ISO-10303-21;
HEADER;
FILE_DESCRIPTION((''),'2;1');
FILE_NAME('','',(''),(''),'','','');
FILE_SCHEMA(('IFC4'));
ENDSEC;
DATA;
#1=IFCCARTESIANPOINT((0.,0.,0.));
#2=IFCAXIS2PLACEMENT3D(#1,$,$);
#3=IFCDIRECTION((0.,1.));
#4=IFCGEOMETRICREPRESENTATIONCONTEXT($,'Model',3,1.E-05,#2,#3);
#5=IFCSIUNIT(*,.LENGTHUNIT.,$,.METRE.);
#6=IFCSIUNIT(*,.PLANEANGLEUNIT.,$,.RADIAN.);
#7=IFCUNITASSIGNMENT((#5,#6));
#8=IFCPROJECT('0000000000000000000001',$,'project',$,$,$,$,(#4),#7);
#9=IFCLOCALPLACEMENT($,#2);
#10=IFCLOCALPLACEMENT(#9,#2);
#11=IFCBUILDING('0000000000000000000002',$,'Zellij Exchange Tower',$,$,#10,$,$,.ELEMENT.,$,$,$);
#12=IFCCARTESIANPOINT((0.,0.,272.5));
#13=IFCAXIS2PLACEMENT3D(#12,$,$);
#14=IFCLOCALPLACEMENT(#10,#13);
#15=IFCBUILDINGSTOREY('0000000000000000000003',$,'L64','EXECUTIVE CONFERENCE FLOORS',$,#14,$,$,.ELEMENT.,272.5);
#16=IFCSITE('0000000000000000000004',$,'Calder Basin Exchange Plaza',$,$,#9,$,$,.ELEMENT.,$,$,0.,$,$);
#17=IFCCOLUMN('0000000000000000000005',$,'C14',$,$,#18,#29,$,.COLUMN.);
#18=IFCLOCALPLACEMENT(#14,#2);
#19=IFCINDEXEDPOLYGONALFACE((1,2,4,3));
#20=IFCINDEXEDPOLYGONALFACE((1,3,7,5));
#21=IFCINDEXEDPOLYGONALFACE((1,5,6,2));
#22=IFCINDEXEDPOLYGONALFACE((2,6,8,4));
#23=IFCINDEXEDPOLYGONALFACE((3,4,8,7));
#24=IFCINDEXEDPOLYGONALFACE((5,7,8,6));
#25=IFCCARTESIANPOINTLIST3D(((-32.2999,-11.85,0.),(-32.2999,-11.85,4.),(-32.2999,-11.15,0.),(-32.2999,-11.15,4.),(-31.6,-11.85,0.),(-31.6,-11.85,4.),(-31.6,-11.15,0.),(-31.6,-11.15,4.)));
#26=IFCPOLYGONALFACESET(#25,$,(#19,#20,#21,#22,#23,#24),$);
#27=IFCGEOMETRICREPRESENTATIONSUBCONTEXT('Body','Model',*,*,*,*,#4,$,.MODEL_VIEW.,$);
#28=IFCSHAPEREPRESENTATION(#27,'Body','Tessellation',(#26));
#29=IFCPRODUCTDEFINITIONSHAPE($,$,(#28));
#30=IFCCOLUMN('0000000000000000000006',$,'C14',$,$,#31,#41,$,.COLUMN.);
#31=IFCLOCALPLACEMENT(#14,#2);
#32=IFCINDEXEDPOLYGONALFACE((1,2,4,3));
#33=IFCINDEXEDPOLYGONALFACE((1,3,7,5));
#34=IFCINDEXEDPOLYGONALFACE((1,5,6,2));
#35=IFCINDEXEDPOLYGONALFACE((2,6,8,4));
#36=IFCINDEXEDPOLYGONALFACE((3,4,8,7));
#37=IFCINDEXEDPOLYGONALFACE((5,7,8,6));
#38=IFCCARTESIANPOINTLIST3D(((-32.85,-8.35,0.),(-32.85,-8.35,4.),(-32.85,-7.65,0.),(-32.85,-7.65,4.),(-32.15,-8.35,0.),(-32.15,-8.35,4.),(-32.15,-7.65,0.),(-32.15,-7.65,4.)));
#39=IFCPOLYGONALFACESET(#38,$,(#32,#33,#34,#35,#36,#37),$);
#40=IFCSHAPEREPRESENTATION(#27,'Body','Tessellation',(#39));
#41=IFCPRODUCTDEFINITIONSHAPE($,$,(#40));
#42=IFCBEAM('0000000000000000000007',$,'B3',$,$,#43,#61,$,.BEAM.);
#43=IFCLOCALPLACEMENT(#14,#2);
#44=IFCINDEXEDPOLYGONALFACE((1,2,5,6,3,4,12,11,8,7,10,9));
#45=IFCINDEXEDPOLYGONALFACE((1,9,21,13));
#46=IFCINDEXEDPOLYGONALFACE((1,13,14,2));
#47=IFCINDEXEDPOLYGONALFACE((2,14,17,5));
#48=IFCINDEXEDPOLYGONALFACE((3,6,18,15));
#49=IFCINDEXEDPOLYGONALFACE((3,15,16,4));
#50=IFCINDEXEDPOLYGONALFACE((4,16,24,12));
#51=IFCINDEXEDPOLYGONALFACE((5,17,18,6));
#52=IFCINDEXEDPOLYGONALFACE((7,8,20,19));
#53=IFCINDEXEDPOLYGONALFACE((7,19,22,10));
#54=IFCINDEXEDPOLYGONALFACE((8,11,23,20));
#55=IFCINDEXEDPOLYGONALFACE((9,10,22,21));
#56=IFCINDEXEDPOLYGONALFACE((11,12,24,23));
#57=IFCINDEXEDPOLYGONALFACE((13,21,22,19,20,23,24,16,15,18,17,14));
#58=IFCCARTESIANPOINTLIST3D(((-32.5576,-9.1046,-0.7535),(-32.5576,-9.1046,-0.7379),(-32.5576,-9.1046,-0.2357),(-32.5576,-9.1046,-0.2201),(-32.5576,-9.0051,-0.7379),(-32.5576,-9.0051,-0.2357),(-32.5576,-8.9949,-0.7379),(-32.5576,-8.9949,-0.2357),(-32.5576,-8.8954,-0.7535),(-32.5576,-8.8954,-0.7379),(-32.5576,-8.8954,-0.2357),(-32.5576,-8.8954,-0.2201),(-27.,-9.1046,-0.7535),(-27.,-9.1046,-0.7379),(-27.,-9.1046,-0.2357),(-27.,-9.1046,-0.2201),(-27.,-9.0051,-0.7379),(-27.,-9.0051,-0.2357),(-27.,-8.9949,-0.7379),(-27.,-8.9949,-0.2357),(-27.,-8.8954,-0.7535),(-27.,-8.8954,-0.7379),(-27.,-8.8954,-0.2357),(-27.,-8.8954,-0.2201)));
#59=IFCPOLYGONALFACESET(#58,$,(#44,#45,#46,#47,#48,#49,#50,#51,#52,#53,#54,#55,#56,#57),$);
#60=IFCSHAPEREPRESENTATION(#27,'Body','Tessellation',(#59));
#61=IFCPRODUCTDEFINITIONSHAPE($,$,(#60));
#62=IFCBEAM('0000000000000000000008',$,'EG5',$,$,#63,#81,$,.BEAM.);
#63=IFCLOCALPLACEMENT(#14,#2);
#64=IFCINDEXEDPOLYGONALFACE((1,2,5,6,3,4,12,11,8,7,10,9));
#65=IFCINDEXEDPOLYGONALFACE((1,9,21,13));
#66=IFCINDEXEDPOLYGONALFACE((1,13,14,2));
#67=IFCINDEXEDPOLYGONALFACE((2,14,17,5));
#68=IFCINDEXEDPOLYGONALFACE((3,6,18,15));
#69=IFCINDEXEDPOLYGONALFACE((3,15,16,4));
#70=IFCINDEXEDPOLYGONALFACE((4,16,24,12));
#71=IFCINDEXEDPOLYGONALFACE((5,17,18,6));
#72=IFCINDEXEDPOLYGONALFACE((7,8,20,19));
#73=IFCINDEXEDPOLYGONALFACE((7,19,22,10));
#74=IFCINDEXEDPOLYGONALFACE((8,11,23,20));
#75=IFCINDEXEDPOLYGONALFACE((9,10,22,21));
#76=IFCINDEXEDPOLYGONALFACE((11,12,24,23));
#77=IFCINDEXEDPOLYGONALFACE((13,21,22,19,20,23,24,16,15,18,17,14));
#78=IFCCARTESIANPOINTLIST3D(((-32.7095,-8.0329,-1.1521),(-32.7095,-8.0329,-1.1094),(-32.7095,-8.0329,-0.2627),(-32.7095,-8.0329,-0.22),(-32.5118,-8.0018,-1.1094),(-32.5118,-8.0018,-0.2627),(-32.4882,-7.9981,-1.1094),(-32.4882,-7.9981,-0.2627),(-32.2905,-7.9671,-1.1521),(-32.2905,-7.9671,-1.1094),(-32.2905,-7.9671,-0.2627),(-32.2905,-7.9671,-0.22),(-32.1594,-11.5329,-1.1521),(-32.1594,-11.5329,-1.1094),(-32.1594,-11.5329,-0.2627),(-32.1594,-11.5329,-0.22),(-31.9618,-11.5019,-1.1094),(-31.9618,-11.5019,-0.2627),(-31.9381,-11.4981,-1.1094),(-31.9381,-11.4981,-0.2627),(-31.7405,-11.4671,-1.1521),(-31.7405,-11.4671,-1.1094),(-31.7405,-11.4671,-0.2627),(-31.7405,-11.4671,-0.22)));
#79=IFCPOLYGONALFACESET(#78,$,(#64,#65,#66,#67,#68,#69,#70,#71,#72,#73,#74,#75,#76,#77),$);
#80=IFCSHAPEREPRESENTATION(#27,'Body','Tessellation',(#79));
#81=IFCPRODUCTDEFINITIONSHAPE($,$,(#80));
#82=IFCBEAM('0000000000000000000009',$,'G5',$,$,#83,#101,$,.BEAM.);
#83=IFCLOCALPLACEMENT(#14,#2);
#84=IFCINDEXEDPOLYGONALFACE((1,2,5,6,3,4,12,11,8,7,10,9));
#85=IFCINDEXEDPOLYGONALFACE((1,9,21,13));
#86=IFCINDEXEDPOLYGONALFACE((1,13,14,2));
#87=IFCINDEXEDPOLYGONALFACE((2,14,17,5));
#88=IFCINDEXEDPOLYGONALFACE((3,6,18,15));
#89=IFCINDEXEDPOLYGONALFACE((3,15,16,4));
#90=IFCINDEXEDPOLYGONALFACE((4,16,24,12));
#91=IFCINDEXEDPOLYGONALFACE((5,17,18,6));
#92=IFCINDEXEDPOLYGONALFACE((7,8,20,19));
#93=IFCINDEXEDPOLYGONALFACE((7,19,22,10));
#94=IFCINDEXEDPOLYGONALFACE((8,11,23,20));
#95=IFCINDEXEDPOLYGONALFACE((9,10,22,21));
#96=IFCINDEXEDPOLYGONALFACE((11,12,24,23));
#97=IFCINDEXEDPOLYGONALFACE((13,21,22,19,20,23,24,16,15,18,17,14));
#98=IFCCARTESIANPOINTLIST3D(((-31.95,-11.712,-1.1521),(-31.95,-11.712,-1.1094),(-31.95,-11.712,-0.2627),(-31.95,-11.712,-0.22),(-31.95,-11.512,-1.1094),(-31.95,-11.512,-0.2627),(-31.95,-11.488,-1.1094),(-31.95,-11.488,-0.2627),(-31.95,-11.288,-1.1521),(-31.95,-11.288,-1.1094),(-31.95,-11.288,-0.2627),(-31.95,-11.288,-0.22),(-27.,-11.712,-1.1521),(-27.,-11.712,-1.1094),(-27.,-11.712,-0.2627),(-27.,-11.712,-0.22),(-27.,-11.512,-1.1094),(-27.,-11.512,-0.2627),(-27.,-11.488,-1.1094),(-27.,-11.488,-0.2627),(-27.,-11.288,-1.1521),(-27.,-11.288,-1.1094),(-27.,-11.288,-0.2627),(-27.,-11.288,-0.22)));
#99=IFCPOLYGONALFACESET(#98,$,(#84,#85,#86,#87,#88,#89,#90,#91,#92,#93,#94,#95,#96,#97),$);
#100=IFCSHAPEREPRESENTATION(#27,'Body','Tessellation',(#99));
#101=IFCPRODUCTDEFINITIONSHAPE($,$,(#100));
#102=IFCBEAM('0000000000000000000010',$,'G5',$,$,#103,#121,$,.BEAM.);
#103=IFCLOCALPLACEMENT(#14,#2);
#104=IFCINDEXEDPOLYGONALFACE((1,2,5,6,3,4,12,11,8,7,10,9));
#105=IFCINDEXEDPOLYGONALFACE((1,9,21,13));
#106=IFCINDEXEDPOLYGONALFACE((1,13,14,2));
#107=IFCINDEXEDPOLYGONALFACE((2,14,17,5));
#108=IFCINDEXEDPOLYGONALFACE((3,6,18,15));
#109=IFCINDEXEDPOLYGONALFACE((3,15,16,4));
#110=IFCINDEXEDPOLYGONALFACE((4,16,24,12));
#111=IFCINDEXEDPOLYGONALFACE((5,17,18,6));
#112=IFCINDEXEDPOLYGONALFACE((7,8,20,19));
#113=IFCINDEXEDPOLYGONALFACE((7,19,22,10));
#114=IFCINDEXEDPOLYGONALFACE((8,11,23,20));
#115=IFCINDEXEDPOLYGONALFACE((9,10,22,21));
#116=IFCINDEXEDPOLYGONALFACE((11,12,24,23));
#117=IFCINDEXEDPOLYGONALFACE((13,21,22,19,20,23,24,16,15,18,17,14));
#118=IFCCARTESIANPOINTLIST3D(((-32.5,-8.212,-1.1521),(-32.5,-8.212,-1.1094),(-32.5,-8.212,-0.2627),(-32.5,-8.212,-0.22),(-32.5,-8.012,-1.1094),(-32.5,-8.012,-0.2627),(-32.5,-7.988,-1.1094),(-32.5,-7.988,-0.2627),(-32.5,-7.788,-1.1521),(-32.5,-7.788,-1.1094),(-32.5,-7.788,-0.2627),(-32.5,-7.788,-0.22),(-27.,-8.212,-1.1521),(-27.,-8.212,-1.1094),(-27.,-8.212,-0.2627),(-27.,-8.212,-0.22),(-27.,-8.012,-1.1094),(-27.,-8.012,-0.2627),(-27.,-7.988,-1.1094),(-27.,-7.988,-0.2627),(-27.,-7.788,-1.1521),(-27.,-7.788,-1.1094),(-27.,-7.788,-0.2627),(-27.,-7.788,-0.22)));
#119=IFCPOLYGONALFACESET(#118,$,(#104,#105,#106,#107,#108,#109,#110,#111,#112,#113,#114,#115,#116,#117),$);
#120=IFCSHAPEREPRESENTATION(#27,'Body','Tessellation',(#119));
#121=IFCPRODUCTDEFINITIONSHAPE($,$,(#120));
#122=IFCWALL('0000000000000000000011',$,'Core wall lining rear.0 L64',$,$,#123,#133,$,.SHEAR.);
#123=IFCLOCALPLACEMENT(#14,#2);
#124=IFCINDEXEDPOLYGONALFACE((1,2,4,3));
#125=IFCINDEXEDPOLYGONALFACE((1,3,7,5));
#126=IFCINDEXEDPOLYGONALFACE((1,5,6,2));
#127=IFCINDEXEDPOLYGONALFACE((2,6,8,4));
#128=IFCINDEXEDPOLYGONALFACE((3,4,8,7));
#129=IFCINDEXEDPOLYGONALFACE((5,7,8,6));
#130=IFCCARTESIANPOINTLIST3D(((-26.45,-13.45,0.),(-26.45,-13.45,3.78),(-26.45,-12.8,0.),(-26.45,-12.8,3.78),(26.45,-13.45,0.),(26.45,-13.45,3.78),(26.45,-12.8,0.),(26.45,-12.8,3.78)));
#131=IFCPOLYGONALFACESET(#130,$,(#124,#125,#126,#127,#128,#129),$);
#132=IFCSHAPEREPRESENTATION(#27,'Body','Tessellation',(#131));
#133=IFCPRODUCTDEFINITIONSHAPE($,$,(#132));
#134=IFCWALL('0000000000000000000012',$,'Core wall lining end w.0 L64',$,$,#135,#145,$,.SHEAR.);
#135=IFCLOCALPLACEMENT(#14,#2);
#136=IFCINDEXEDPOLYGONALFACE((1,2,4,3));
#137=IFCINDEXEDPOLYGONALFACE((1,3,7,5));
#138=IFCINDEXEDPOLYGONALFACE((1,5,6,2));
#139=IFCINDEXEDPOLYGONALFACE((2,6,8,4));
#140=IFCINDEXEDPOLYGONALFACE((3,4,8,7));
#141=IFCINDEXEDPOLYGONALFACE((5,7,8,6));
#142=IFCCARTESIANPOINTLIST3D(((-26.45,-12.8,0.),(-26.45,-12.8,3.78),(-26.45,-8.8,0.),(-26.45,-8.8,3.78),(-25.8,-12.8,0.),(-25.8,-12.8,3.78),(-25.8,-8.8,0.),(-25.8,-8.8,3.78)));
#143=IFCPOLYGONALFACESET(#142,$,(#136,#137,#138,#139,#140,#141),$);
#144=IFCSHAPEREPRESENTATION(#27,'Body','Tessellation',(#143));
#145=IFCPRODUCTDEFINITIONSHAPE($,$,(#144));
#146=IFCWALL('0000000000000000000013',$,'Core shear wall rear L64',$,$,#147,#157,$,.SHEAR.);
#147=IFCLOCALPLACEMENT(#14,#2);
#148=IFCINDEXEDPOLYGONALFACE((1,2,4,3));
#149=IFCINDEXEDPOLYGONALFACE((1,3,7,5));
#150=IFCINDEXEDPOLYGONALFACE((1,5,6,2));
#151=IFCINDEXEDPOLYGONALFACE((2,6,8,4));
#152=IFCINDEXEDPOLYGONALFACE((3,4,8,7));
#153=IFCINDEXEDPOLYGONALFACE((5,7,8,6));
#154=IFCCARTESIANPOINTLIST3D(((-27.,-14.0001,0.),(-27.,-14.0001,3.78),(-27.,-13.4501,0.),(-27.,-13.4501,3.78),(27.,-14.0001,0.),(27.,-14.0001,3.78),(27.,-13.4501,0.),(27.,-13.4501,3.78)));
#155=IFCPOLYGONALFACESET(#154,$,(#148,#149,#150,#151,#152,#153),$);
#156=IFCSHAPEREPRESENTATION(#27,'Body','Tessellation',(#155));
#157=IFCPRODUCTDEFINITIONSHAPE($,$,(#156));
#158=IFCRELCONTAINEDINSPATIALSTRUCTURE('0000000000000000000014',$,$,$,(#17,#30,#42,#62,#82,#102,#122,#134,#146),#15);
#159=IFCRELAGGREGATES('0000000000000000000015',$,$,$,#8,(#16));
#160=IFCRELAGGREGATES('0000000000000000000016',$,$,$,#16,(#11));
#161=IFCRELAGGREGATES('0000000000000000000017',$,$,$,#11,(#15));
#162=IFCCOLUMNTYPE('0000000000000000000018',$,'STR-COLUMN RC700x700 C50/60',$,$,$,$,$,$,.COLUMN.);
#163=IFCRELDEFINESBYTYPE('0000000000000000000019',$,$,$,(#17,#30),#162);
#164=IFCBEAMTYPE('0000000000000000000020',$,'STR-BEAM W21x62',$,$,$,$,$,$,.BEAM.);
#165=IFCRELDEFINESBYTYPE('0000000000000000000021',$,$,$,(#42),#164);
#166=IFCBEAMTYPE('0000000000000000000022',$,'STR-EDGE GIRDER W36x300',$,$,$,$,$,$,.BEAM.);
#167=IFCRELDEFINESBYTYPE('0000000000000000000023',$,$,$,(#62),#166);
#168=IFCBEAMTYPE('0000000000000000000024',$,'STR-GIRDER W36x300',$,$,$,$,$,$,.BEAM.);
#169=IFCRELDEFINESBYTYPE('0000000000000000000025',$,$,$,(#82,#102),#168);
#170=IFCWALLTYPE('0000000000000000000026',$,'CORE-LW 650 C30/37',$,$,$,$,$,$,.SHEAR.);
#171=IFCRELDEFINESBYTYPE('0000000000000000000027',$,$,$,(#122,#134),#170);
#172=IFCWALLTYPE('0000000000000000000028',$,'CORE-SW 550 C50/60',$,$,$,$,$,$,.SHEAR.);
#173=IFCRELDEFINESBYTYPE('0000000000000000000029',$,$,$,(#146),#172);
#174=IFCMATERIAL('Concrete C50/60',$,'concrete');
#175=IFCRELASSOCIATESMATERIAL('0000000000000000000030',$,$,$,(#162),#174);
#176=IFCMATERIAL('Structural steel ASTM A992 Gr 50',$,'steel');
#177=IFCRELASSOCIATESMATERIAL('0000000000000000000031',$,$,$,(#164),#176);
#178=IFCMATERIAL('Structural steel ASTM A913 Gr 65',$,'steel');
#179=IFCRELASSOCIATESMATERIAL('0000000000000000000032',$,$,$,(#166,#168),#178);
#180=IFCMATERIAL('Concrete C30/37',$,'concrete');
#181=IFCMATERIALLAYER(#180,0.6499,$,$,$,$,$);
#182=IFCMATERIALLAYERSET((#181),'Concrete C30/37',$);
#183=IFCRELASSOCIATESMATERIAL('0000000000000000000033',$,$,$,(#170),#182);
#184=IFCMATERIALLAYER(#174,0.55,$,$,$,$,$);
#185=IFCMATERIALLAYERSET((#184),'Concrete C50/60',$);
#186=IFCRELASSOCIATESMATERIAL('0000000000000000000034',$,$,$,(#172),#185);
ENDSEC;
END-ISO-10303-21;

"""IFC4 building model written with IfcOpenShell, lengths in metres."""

from ifc_helpers import new_model, si_unit, direction, frame, frame_2d, origin, origin_2d, place, context, subcontext, project, spatial, rectangle, i_section, extrude, material, layer, layer_set, material_profile, profile_set, type_object, element, save


model = new_model("IFC4")

# Units and contexts
model_context = context("Model", 3, precision=1e-05, world=origin(), true_north=direction((0.0, 1.0)))
body_context = subcontext(model_context, "Body", "Model", "MODEL_VIEW")
ifc_project = project(units=[si_unit("LENGTHUNIT", "METRE"), si_unit("PLANEANGLEUNIT", "RADIAN")], contexts=[model_context])

# Site, building, storey
site_placement = place(None, origin())
site = spatial("IfcSite", under=ifc_project, at=site_placement, Name="Calder Basin Exchange Plaza", CompositionType="ELEMENT", RefElevation=0.0)
building_placement = place(site_placement, origin())
building = spatial("IfcBuilding", under=site, at=building_placement, Name="Zellij Exchange Tower", CompositionType="ELEMENT")
storey_placement = place(building_placement, frame((0.0, 0.0, 272.5)))
storey = spatial("IfcBuildingStorey", under=building, at=storey_placement, Name="L64", Description="EXECUTIVE CONFERENCE FLOORS", CompositionType="ELEMENT", Elevation=272.5)

# Columns
ifc_material_1 = material(Name="Concrete C50/60", Category="concrete")
ifc_material_profile_1 = material_profile(ifc_material_1, rectangle(XDim=0.7, YDim=0.7, at=origin_2d()), Name="STR-COLUMN RC700x700 C50/60")
ifc_profile_set_1 = profile_set([ifc_material_profile_1], Name="Concrete C50/60")
column_type = type_object("IfcColumnType", Name="STR-COLUMN RC700x700 C50/60", PredefinedType="COLUMN", material=ifc_profile_set_1)
for number, where, z_axis, x_axis, name in (
    (1, (-31.95, -11.5, 0.0), (0.0, 0.0, 1.0), (1.0, 0.0, 0.0), "C14"),
    (2, (-32.5, -8.0, 0.0), (0.0, 0.0, 1.0), (1.0, 0.0, 0.0), "C14"),
):
    element("IfcColumn", number, at=place(storey_placement, frame(where, z_axis=z_axis, x_axis=x_axis)), inside=storey, type_object=column_type, Name=name, PredefinedType="COLUMN", context=body_context, shape_type="SweptSolid", body=[
        extrude(rectangle(XDim=0.7, YDim=0.7, at=origin_2d()), origin(), (0.0, 0.0, 1.0), 4.0),
    ])

# Beams
ifc_material_2 = material(Name="Structural steel ASTM A992 Gr 50", Category="steel")
ifc_material_profile_2 = material_profile(ifc_material_2, i_section(OverallWidth=0.2092, OverallDepth=0.5334, WebThickness=0.0103, FlangeThickness=0.0156, at=origin_2d()), Name="W21x62")
ifc_profile_set_2 = profile_set([ifc_material_profile_2], Name="Structural steel ASTM A992 Gr 50")
beam_type_1 = type_object("IfcBeamType", Name="STR-BEAM W21x62", PredefinedType="BEAM", material=ifc_profile_set_2)
beam_1_placement = place(storey_placement, frame((-32.5576, -9.0, -0.4868), z_axis=(1.0, 0.0, 0.0), x_axis=(0.0, 1.0, 0.0)))
element("IfcBeam", 3, at=beam_1_placement, inside=storey, type_object=beam_type_1, Name="B3", PredefinedType="BEAM", context=body_context, shape_type="SweptSolid", body=[
    extrude(i_section(OverallWidth=0.2092, OverallDepth=0.5334, WebThickness=0.0103, FlangeThickness=0.0156, at=origin_2d()), origin(), (0.0, 0.0, 1.0), 5.5576),
])
ifc_material_3 = material(Name="Structural steel ASTM A913 Gr 65", Category="steel")
ifc_material_profile_3 = material_profile(ifc_material_3, i_section(OverallWidth=0.4241, OverallDepth=0.9321, WebThickness=0.0239, FlangeThickness=0.0427, at=origin_2d()), Name="W36x300")
ifc_profile_set_3 = profile_set([ifc_material_profile_3], Name="Structural steel ASTM A913 Gr 65")
beam_type_2 = type_object("IfcBeamType", Name="STR-EDGE GIRDER W36x300", PredefinedType="BEAM", material=ifc_profile_set_3)
beam_2_placement = place(storey_placement, frame((-31.95, -11.5, -0.686), z_axis=(-0.155251, 0.987875, 0.0), x_axis=(-0.987875, -0.155251, 0.0)))
element("IfcBeam", 4, at=beam_2_placement, inside=storey, type_object=beam_type_2, Name="EG5", PredefinedType="BEAM", context=body_context, shape_type="SweptSolid", body=[
    extrude(i_section(OverallWidth=0.4241, OverallDepth=0.9321, WebThickness=0.0239, FlangeThickness=0.0427, at=origin_2d()), origin(), (0.0, 0.0, 1.0), 3.543),
])
ifc_material_profile_4 = material_profile(ifc_material_3, i_section(OverallWidth=0.4241, OverallDepth=0.9321, WebThickness=0.0239, FlangeThickness=0.0427, at=origin_2d()), Name="W36x300")
ifc_profile_set_4 = profile_set([ifc_material_profile_4], Name="Structural steel ASTM A913 Gr 65")
beam_type_3 = type_object("IfcBeamType", Name="STR-GIRDER W36x300", PredefinedType="BEAM", material=ifc_profile_set_4)
beam_3_placement = place(storey_placement, frame((-31.95, -11.5, -0.686), z_axis=(1.0, 0.0, 0.0), x_axis=(0.0, 1.0, 0.0)))
element("IfcBeam", 5, at=beam_3_placement, inside=storey, type_object=beam_type_3, Name="G5", PredefinedType="BEAM", context=body_context, shape_type="SweptSolid", body=[
    extrude(i_section(OverallWidth=0.4241, OverallDepth=0.9321, WebThickness=0.0239, FlangeThickness=0.0427, at=origin_2d()), origin(), (0.0, 0.0, 1.0), 4.95),
])
beam_4_placement = place(storey_placement, frame((-32.5, -8.0, -0.686), z_axis=(1.0, 0.0, 0.0), x_axis=(0.0, 1.0, 0.0)))
element("IfcBeam", 6, at=beam_4_placement, inside=storey, type_object=beam_type_3, Name="G5", PredefinedType="BEAM", context=body_context, shape_type="SweptSolid", body=[
    extrude(i_section(OverallWidth=0.4241, OverallDepth=0.9321, WebThickness=0.0239, FlangeThickness=0.0427, at=origin_2d()), origin(), (0.0, 0.0, 1.0), 5.5),
])

# Walls
ifc_material_4 = material(Name="Concrete C30/37", Category="concrete")
ifc_layer_1 = layer(ifc_material_4, 0.6499)
ifc_layer_set_1 = layer_set([ifc_layer_1], Name="Concrete C30/37")
wall_type_1 = type_object("IfcWallType", Name="CORE-LW 650 C30/37", PredefinedType="SHEAR", material=ifc_layer_set_1)
wall_1_placement = place(storey_placement, frame((-26.45, -13.125, 0.0), z_axis=(0.0, 0.0, 1.0), x_axis=(1.0, 0.0, 0.0)))
element("IfcWall", 7, at=wall_1_placement, inside=storey, type_object=wall_type_1, Name="Core wall lining rear.0 L64", PredefinedType="SHEAR", context=body_context, shape_type="SweptSolid", body=[
    extrude(rectangle(XDim=52.8999, YDim=0.6499, at=frame_2d((26.45, 0.0))), origin(), (0.0, 0.0, 1.0), 3.78),
])
wall_2_placement = place(storey_placement, frame((-26.125, -12.8, 0.0), z_axis=(0.0, 0.0, 1.0), x_axis=(0.0, 1.0, 0.0)))
element("IfcWall", 8, at=wall_2_placement, inside=storey, type_object=wall_type_1, Name="Core wall lining end w.0 L64", PredefinedType="SHEAR", context=body_context, shape_type="SweptSolid", body=[
    extrude(rectangle(XDim=4.0, YDim=0.6499, at=frame_2d((2.0, 0.0))), origin(), (0.0, 0.0, 1.0), 3.78),
])
ifc_layer_2 = layer(ifc_material_1, 0.55)
ifc_layer_set_2 = layer_set([ifc_layer_2], Name="Concrete C50/60")
wall_type_2 = type_object("IfcWallType", Name="CORE-SW 550 C50/60", PredefinedType="SHEAR", material=ifc_layer_set_2)
wall_3_placement = place(storey_placement, frame((-27.0, -13.7251, 0.0), z_axis=(0.0, 0.0, 1.0), x_axis=(1.0, 0.0, 0.0)))
element("IfcWall", 9, at=wall_3_placement, inside=storey, type_object=wall_type_2, Name="Core shear wall rear L64", PredefinedType="SHEAR", context=body_context, shape_type="SweptSolid", body=[
    extrude(rectangle(XDim=54.0, YDim=0.55, at=frame_2d((27.0, 0.0))), origin(), (0.0, 0.0, 1.0), 3.78),
])

save(model, "model.ifc")
